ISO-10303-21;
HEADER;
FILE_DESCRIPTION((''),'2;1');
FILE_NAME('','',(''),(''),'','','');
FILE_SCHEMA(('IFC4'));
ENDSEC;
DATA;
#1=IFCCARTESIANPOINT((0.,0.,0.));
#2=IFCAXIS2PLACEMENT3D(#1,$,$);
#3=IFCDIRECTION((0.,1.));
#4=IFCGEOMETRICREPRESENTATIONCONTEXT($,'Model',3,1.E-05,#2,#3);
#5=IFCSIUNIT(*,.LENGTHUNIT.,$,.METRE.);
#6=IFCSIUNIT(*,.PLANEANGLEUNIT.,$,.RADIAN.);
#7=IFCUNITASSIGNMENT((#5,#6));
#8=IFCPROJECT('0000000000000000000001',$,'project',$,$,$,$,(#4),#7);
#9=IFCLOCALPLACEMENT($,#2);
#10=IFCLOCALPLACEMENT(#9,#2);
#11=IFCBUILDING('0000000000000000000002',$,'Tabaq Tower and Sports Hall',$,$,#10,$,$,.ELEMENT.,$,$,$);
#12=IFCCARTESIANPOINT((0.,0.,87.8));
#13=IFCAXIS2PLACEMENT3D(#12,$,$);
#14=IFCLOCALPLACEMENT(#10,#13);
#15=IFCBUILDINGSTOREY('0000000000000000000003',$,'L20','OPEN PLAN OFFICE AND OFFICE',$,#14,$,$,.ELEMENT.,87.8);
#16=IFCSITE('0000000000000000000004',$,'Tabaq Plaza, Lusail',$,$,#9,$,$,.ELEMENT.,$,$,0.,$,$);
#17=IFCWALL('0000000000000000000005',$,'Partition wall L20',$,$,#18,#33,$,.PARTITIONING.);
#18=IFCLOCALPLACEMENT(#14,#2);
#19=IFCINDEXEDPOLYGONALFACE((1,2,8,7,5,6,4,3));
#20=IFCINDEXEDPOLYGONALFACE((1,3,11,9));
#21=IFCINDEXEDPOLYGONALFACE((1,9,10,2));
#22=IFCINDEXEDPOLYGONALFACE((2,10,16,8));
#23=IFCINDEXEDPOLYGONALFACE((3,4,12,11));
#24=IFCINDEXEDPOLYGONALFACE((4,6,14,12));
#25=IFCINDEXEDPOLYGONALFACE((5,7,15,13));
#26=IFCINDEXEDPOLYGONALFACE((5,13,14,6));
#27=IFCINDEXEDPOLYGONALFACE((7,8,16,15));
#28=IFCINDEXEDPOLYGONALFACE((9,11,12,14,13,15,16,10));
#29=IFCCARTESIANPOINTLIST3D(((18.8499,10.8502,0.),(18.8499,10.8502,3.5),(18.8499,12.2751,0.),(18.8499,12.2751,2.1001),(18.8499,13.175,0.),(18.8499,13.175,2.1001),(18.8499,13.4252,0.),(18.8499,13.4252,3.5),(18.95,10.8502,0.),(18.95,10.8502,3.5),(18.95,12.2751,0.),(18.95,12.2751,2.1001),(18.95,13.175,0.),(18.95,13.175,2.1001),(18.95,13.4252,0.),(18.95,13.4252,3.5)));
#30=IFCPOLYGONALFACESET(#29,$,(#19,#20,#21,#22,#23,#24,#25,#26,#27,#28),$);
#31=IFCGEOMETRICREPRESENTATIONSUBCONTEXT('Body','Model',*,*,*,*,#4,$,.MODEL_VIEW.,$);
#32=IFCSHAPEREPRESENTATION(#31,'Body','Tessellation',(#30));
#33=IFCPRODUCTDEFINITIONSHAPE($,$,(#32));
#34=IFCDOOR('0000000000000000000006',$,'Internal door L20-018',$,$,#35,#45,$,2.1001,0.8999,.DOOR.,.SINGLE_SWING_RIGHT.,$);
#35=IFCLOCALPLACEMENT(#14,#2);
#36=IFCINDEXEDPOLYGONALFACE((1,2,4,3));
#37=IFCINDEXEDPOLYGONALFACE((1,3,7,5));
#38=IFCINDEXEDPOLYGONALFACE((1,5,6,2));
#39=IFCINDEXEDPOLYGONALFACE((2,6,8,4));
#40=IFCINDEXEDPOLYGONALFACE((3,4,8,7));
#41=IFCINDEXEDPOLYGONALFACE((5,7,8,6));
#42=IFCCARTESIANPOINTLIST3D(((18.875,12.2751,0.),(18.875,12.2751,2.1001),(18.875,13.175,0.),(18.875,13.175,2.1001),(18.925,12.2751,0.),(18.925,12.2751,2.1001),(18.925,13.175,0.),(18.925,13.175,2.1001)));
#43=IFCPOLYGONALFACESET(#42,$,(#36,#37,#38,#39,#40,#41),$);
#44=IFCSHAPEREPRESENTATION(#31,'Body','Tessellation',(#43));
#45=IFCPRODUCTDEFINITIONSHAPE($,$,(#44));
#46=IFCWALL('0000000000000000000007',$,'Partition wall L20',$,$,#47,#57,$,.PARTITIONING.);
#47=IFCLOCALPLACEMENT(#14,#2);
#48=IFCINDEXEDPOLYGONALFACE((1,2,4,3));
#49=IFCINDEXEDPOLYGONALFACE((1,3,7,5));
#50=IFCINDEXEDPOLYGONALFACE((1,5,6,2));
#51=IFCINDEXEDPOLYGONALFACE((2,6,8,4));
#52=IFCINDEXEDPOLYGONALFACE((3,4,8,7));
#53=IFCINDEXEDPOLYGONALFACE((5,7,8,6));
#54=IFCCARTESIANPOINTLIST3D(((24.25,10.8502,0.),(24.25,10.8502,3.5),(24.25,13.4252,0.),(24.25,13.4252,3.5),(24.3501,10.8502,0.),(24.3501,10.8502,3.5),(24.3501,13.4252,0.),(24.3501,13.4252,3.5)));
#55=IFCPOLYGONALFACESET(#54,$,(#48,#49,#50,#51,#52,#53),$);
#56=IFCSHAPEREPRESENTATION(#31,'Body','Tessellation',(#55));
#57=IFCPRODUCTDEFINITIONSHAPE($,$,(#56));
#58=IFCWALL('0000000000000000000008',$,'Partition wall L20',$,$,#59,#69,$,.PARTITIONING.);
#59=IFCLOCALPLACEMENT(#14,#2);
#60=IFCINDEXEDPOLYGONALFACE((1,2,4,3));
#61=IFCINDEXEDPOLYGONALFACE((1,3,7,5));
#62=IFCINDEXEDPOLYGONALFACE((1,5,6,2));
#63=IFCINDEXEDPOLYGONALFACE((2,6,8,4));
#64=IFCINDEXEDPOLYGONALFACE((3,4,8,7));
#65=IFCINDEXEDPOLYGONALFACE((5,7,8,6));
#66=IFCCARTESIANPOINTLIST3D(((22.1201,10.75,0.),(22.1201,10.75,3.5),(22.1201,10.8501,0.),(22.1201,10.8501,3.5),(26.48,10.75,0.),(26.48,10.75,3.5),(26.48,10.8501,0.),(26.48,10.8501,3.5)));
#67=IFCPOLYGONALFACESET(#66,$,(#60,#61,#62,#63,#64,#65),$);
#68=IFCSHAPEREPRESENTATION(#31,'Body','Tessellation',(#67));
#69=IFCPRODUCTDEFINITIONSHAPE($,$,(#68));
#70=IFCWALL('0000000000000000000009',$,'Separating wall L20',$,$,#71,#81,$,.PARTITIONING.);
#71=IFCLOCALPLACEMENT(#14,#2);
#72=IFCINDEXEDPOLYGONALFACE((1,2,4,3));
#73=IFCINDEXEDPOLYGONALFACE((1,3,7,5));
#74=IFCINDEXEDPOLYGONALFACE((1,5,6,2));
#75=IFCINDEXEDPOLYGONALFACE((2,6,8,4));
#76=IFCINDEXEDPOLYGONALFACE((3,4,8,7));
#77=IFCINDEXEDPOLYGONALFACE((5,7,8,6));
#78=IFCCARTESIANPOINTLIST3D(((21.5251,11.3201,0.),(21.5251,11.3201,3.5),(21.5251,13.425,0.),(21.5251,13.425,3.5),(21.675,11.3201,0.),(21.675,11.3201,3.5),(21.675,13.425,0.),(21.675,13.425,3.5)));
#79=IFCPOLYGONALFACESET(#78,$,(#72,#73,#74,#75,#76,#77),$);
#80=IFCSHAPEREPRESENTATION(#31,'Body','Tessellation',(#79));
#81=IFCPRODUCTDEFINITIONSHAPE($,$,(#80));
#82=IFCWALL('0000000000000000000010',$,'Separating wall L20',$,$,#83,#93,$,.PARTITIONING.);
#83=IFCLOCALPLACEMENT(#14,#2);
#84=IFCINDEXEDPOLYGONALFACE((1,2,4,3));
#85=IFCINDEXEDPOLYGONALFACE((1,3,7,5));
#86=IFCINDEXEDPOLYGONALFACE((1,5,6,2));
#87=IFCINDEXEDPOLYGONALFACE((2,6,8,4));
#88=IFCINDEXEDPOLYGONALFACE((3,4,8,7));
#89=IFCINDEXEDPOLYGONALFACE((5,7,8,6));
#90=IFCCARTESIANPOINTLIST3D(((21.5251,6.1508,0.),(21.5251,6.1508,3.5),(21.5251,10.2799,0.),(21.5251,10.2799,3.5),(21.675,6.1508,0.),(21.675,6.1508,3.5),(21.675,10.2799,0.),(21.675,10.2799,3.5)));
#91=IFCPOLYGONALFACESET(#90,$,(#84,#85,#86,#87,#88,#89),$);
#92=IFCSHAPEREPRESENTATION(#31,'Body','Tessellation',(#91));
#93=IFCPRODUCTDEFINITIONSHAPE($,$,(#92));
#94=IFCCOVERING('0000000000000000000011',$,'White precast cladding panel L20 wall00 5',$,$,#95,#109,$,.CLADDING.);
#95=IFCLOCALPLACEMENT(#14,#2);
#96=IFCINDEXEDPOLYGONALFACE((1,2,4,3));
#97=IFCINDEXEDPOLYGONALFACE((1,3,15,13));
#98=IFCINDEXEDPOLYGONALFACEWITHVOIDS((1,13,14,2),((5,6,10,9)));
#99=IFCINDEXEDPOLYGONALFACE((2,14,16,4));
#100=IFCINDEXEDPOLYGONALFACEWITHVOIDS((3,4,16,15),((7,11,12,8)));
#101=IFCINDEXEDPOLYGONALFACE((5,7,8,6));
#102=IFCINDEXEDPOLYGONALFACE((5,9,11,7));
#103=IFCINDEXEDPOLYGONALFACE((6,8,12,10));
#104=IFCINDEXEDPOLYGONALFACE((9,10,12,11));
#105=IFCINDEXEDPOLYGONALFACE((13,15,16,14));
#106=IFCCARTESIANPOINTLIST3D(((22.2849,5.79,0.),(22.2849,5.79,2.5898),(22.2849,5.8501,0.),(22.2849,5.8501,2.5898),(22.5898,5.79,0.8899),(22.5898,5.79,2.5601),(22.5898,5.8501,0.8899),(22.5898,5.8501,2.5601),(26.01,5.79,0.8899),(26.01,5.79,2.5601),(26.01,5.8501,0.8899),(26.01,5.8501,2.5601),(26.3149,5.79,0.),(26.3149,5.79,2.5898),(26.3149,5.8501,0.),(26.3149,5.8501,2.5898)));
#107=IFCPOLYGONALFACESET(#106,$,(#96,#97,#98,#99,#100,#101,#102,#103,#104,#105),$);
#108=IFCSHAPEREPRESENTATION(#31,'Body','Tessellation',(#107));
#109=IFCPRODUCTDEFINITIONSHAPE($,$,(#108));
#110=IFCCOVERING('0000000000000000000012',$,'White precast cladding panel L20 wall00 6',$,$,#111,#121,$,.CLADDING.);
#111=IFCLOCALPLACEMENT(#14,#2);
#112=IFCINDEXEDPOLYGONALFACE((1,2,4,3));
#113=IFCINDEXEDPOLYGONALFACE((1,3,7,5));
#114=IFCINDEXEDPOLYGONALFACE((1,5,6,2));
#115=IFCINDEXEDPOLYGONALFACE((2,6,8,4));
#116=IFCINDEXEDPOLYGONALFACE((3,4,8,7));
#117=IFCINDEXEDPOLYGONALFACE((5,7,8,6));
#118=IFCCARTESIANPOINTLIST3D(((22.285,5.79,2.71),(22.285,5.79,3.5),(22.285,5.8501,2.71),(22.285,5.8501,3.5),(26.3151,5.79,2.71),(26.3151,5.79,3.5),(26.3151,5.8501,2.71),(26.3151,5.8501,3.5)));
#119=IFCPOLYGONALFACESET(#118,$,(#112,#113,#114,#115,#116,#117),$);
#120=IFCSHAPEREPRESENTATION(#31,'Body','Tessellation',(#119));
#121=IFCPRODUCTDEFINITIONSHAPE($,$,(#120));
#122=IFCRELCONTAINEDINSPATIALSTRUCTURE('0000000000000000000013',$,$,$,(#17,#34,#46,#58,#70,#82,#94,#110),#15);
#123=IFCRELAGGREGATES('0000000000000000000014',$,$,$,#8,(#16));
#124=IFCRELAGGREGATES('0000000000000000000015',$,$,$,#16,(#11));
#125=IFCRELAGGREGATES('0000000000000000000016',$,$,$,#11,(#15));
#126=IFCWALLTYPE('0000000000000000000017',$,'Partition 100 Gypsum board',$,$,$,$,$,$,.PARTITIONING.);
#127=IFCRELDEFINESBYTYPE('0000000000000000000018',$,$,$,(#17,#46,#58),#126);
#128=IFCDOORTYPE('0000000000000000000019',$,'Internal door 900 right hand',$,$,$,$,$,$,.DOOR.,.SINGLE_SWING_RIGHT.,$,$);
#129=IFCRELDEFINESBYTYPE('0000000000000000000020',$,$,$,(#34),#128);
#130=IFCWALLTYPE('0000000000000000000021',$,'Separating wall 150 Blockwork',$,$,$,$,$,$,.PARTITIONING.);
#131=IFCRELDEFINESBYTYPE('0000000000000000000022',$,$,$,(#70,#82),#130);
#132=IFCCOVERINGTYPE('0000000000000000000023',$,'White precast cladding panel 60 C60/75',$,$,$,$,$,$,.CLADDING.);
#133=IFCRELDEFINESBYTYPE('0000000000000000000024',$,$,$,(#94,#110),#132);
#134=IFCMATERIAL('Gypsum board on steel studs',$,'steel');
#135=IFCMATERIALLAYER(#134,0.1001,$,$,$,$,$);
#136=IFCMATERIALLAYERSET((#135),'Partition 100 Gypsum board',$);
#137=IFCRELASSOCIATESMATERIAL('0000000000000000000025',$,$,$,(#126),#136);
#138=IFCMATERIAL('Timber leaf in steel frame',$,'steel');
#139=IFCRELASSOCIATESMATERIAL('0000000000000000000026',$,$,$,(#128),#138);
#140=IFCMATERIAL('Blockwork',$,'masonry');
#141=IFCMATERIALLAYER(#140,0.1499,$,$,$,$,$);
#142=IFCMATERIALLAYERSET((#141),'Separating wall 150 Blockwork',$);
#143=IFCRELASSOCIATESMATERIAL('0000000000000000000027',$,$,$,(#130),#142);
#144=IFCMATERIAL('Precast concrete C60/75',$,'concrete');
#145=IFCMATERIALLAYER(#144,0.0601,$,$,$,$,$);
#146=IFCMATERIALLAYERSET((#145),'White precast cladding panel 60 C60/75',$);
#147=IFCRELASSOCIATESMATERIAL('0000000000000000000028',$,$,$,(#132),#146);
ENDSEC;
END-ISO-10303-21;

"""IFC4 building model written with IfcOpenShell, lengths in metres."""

from ifc_helpers import new_model, si_unit, direction, frame, frame_2d, origin, place, context, subcontext, project, spatial, polyline, rectangle, outline, extrude, material, layer, layer_set, type_object, element, fill, save


model = new_model("IFC4")

# Units and contexts
model_context = context("Model", 3, precision=1e-05, world=origin(), true_north=direction((0.0, 1.0)))
body_context = subcontext(model_context, "Body", "Model", "MODEL_VIEW")
ifc_project = project(units=[si_unit("LENGTHUNIT", "METRE"), si_unit("PLANEANGLEUNIT", "RADIAN")], contexts=[model_context])

# Site, building, storey
site_placement = place(None, origin())
site = spatial("IfcSite", under=ifc_project, at=site_placement, Name="Tabaq Plaza, Lusail", CompositionType="ELEMENT", RefElevation=0.0)
building_placement = place(site_placement, origin())
building = spatial("IfcBuilding", under=site, at=building_placement, Name="Tabaq Tower and Sports Hall", CompositionType="ELEMENT")
storey_placement = place(building_placement, frame((0.0, 0.0, 87.8)))
storey = spatial("IfcBuildingStorey", under=building, at=storey_placement, Name="L20", Description="OPEN PLAN OFFICE AND OFFICE", CompositionType="ELEMENT", Elevation=87.8)

# Wall, opening, door
ifc_material_1 = material(Name="Gypsum board on steel studs", Category="steel")
ifc_layer_1 = layer(ifc_material_1, 0.1001)
ifc_layer_set_1 = layer_set([ifc_layer_1], Name="Partition 100 Gypsum board")
wall_type_1 = type_object("IfcWallType", Name="Partition 100 Gypsum board", PredefinedType="PARTITIONING", material=ifc_layer_set_1)
wall_1_placement = place(storey_placement, frame((18.8999, 10.8501, 0.0), z_axis=(0.0, 0.0, 1.0), x_axis=(0.0, 1.0, 0.0)))
wall_1 = element("IfcWall", 1, at=wall_1_placement, inside=storey, type_object=wall_type_1, Name="Partition wall L20", PredefinedType="PARTITIONING", context=body_context, shape_type="SweptSolid", body=[
    extrude(rectangle(XDim=2.575, YDim=0.1001, at=frame_2d((1.2876, 0.0))), origin(), (0.0, 0.0, 1.0), 3.5),
])
opening_placement = place(wall_1_placement, frame((1.425, 0.0, 0.0)))
opening = element("IfcOpeningElement", 2, at=opening_placement, cuts=wall_1, PredefinedType="OPENING", context=body_context, shape_type="SweptSolid", body=[
    extrude(rectangle(XDim=0.8999, YDim=2.1001, at=frame_2d((0.45, 1.05))), frame((0.0, 0.05, 0.0), z_axis=(0.0, -1.0, 0.0), x_axis=(1.0, 0.0, 0.0)), (0.0, 0.0, 1.0), 0.1001),
])
ifc_material_2 = material(Name="Timber leaf in steel frame", Category="steel")
door_type = type_object("IfcDoorType", Name="Internal door 900 right hand", OperationType="SINGLE_SWING_RIGHT", PredefinedType="DOOR", material=ifc_material_2)
door_placement = place(opening_placement, origin())
door = element("IfcDoor", 3, at=door_placement, inside=storey, type_object=door_type, Name="Internal door L20-018", OperationType="SINGLE_SWING_RIGHT", OverallHeight=2.1001, OverallWidth=0.8999, PredefinedType="DOOR", context=body_context, shape_type="SweptSolid", body=[
    extrude(rectangle(XDim=0.8999, YDim=2.1001, at=frame_2d((0.45, 1.05))), frame((0.0, 0.0249, 0.0), z_axis=(0.0, -1.0, 0.0), x_axis=(1.0, 0.0, 0.0)), (0.0, 0.0, 1.0), 0.05),
])
fill(opening, door)

# Walls
wall_2_placement = place(storey_placement, frame((24.3, 10.8501, 0.0), z_axis=(0.0, 0.0, 1.0), x_axis=(0.0, 1.0, 0.0)))
element("IfcWall", 4, at=wall_2_placement, inside=storey, type_object=wall_type_1, Name="Partition wall L20", PredefinedType="PARTITIONING", context=body_context, shape_type="SweptSolid", body=[
    extrude(rectangle(XDim=2.575, YDim=0.1001, at=frame_2d((1.2876, 0.0))), origin(), (0.0, 0.0, 1.0), 3.5),
])
wall_3_placement = place(storey_placement, frame((22.1201, 10.8, 0.0), z_axis=(0.0, 0.0, 1.0), x_axis=(1.0, 0.0, 0.0)))
element("IfcWall", 5, at=wall_3_placement, inside=storey, type_object=wall_type_1, Name="Partition wall L20", PredefinedType="PARTITIONING", context=body_context, shape_type="SweptSolid", body=[
    extrude(rectangle(XDim=4.3599, YDim=0.1001, at=frame_2d((2.1799, 0.0))), origin(), (0.0, 0.0, 1.0), 3.5),
])
ifc_material_3 = material(Name="Blockwork", Category="masonry")
ifc_layer_2 = layer(ifc_material_3, 0.1499)
ifc_layer_set_2 = layer_set([ifc_layer_2], Name="Separating wall 150 Blockwork")
wall_type_2 = type_object("IfcWallType", Name="Separating wall 150 Blockwork", PredefinedType="PARTITIONING", material=ifc_layer_set_2)
wall_4_placement = place(storey_placement, frame((21.6001, 11.3201, 0.0), z_axis=(0.0, 0.0, 1.0), x_axis=(0.0, 1.0, 0.0)))
element("IfcWall", 6, at=wall_4_placement, inside=storey, type_object=wall_type_2, Name="Separating wall L20", PredefinedType="PARTITIONING", context=body_context, shape_type="SweptSolid", body=[
    extrude(rectangle(XDim=2.105, YDim=0.1499, at=frame_2d((1.0525, 0.0))), origin(), (0.0, 0.0, 1.0), 3.5),
])
wall_5_placement = place(storey_placement, frame((21.6001, 6.1509, 0.0), z_axis=(0.0, 0.0, 1.0), x_axis=(0.0, 1.0, 0.0)))
element("IfcWall", 7, at=wall_5_placement, inside=storey, type_object=wall_type_2, Name="Separating wall L20", PredefinedType="PARTITIONING", context=body_context, shape_type="SweptSolid", body=[
    extrude(rectangle(XDim=4.1292, YDim=0.1499, at=frame_2d((2.0645, 0.0))), origin(), (0.0, 0.0, 1.0), 3.5),
])

# Coverings
ifc_material_4 = material(Name="Precast concrete C60/75", Category="concrete")
ifc_layer_3 = layer(ifc_material_4, 0.0601)
ifc_layer_set_3 = layer_set([ifc_layer_3], Name="White precast cladding panel 60 C60/75")
covering_type = type_object("IfcCoveringType", Name="White precast cladding panel 60 C60/75", PredefinedType="CLADDING", material=ifc_layer_set_3)
covering_1_placement = place(storey_placement, frame((22.2849, 5.8201, 0.0), z_axis=(0.0, 0.0, 1.0), x_axis=(1.0, 0.0, 0.0)))
element("IfcCovering", 8, at=covering_1_placement, inside=storey, type_object=covering_type, Name="White precast cladding panel L20 wall00 5", PredefinedType="CLADDING", context=body_context, shape_type="SweptSolid", body=[
    extrude(outline(polyline([(0.0, 0.0), (4.03, 0.0), (4.03, 2.5898), (0.0, 2.5898), (0.0, 0.0)]), holes=[polyline([(3.7251, 0.8899), (0.3049, 0.8899), (0.3049, 2.5601), (3.7251, 2.5601), (3.7251, 0.8899)])]), frame((0.0, 0.03, 0.0), z_axis=(0.0, -1.0, 0.0), x_axis=(1.0, 0.0, 0.0)), (0.0, 0.0, 1.0), 0.0601),
])
covering_2_placement = place(storey_placement, frame((22.2849, 5.8201, 2.71), z_axis=(0.0, 0.0, 1.0), x_axis=(1.0, 0.0, 0.0)))
element("IfcCovering", 9, at=covering_2_placement, inside=storey, type_object=covering_type, Name="White precast cladding panel L20 wall00 6", PredefinedType="CLADDING", context=body_context, shape_type="SweptSolid", body=[
    extrude(rectangle(XDim=4.03, YDim=0.0601, at=frame_2d((2.0151, 0.0))), origin(), (0.0, 0.0, 1.0), 0.79),
])

save(model, "model.ifc")
